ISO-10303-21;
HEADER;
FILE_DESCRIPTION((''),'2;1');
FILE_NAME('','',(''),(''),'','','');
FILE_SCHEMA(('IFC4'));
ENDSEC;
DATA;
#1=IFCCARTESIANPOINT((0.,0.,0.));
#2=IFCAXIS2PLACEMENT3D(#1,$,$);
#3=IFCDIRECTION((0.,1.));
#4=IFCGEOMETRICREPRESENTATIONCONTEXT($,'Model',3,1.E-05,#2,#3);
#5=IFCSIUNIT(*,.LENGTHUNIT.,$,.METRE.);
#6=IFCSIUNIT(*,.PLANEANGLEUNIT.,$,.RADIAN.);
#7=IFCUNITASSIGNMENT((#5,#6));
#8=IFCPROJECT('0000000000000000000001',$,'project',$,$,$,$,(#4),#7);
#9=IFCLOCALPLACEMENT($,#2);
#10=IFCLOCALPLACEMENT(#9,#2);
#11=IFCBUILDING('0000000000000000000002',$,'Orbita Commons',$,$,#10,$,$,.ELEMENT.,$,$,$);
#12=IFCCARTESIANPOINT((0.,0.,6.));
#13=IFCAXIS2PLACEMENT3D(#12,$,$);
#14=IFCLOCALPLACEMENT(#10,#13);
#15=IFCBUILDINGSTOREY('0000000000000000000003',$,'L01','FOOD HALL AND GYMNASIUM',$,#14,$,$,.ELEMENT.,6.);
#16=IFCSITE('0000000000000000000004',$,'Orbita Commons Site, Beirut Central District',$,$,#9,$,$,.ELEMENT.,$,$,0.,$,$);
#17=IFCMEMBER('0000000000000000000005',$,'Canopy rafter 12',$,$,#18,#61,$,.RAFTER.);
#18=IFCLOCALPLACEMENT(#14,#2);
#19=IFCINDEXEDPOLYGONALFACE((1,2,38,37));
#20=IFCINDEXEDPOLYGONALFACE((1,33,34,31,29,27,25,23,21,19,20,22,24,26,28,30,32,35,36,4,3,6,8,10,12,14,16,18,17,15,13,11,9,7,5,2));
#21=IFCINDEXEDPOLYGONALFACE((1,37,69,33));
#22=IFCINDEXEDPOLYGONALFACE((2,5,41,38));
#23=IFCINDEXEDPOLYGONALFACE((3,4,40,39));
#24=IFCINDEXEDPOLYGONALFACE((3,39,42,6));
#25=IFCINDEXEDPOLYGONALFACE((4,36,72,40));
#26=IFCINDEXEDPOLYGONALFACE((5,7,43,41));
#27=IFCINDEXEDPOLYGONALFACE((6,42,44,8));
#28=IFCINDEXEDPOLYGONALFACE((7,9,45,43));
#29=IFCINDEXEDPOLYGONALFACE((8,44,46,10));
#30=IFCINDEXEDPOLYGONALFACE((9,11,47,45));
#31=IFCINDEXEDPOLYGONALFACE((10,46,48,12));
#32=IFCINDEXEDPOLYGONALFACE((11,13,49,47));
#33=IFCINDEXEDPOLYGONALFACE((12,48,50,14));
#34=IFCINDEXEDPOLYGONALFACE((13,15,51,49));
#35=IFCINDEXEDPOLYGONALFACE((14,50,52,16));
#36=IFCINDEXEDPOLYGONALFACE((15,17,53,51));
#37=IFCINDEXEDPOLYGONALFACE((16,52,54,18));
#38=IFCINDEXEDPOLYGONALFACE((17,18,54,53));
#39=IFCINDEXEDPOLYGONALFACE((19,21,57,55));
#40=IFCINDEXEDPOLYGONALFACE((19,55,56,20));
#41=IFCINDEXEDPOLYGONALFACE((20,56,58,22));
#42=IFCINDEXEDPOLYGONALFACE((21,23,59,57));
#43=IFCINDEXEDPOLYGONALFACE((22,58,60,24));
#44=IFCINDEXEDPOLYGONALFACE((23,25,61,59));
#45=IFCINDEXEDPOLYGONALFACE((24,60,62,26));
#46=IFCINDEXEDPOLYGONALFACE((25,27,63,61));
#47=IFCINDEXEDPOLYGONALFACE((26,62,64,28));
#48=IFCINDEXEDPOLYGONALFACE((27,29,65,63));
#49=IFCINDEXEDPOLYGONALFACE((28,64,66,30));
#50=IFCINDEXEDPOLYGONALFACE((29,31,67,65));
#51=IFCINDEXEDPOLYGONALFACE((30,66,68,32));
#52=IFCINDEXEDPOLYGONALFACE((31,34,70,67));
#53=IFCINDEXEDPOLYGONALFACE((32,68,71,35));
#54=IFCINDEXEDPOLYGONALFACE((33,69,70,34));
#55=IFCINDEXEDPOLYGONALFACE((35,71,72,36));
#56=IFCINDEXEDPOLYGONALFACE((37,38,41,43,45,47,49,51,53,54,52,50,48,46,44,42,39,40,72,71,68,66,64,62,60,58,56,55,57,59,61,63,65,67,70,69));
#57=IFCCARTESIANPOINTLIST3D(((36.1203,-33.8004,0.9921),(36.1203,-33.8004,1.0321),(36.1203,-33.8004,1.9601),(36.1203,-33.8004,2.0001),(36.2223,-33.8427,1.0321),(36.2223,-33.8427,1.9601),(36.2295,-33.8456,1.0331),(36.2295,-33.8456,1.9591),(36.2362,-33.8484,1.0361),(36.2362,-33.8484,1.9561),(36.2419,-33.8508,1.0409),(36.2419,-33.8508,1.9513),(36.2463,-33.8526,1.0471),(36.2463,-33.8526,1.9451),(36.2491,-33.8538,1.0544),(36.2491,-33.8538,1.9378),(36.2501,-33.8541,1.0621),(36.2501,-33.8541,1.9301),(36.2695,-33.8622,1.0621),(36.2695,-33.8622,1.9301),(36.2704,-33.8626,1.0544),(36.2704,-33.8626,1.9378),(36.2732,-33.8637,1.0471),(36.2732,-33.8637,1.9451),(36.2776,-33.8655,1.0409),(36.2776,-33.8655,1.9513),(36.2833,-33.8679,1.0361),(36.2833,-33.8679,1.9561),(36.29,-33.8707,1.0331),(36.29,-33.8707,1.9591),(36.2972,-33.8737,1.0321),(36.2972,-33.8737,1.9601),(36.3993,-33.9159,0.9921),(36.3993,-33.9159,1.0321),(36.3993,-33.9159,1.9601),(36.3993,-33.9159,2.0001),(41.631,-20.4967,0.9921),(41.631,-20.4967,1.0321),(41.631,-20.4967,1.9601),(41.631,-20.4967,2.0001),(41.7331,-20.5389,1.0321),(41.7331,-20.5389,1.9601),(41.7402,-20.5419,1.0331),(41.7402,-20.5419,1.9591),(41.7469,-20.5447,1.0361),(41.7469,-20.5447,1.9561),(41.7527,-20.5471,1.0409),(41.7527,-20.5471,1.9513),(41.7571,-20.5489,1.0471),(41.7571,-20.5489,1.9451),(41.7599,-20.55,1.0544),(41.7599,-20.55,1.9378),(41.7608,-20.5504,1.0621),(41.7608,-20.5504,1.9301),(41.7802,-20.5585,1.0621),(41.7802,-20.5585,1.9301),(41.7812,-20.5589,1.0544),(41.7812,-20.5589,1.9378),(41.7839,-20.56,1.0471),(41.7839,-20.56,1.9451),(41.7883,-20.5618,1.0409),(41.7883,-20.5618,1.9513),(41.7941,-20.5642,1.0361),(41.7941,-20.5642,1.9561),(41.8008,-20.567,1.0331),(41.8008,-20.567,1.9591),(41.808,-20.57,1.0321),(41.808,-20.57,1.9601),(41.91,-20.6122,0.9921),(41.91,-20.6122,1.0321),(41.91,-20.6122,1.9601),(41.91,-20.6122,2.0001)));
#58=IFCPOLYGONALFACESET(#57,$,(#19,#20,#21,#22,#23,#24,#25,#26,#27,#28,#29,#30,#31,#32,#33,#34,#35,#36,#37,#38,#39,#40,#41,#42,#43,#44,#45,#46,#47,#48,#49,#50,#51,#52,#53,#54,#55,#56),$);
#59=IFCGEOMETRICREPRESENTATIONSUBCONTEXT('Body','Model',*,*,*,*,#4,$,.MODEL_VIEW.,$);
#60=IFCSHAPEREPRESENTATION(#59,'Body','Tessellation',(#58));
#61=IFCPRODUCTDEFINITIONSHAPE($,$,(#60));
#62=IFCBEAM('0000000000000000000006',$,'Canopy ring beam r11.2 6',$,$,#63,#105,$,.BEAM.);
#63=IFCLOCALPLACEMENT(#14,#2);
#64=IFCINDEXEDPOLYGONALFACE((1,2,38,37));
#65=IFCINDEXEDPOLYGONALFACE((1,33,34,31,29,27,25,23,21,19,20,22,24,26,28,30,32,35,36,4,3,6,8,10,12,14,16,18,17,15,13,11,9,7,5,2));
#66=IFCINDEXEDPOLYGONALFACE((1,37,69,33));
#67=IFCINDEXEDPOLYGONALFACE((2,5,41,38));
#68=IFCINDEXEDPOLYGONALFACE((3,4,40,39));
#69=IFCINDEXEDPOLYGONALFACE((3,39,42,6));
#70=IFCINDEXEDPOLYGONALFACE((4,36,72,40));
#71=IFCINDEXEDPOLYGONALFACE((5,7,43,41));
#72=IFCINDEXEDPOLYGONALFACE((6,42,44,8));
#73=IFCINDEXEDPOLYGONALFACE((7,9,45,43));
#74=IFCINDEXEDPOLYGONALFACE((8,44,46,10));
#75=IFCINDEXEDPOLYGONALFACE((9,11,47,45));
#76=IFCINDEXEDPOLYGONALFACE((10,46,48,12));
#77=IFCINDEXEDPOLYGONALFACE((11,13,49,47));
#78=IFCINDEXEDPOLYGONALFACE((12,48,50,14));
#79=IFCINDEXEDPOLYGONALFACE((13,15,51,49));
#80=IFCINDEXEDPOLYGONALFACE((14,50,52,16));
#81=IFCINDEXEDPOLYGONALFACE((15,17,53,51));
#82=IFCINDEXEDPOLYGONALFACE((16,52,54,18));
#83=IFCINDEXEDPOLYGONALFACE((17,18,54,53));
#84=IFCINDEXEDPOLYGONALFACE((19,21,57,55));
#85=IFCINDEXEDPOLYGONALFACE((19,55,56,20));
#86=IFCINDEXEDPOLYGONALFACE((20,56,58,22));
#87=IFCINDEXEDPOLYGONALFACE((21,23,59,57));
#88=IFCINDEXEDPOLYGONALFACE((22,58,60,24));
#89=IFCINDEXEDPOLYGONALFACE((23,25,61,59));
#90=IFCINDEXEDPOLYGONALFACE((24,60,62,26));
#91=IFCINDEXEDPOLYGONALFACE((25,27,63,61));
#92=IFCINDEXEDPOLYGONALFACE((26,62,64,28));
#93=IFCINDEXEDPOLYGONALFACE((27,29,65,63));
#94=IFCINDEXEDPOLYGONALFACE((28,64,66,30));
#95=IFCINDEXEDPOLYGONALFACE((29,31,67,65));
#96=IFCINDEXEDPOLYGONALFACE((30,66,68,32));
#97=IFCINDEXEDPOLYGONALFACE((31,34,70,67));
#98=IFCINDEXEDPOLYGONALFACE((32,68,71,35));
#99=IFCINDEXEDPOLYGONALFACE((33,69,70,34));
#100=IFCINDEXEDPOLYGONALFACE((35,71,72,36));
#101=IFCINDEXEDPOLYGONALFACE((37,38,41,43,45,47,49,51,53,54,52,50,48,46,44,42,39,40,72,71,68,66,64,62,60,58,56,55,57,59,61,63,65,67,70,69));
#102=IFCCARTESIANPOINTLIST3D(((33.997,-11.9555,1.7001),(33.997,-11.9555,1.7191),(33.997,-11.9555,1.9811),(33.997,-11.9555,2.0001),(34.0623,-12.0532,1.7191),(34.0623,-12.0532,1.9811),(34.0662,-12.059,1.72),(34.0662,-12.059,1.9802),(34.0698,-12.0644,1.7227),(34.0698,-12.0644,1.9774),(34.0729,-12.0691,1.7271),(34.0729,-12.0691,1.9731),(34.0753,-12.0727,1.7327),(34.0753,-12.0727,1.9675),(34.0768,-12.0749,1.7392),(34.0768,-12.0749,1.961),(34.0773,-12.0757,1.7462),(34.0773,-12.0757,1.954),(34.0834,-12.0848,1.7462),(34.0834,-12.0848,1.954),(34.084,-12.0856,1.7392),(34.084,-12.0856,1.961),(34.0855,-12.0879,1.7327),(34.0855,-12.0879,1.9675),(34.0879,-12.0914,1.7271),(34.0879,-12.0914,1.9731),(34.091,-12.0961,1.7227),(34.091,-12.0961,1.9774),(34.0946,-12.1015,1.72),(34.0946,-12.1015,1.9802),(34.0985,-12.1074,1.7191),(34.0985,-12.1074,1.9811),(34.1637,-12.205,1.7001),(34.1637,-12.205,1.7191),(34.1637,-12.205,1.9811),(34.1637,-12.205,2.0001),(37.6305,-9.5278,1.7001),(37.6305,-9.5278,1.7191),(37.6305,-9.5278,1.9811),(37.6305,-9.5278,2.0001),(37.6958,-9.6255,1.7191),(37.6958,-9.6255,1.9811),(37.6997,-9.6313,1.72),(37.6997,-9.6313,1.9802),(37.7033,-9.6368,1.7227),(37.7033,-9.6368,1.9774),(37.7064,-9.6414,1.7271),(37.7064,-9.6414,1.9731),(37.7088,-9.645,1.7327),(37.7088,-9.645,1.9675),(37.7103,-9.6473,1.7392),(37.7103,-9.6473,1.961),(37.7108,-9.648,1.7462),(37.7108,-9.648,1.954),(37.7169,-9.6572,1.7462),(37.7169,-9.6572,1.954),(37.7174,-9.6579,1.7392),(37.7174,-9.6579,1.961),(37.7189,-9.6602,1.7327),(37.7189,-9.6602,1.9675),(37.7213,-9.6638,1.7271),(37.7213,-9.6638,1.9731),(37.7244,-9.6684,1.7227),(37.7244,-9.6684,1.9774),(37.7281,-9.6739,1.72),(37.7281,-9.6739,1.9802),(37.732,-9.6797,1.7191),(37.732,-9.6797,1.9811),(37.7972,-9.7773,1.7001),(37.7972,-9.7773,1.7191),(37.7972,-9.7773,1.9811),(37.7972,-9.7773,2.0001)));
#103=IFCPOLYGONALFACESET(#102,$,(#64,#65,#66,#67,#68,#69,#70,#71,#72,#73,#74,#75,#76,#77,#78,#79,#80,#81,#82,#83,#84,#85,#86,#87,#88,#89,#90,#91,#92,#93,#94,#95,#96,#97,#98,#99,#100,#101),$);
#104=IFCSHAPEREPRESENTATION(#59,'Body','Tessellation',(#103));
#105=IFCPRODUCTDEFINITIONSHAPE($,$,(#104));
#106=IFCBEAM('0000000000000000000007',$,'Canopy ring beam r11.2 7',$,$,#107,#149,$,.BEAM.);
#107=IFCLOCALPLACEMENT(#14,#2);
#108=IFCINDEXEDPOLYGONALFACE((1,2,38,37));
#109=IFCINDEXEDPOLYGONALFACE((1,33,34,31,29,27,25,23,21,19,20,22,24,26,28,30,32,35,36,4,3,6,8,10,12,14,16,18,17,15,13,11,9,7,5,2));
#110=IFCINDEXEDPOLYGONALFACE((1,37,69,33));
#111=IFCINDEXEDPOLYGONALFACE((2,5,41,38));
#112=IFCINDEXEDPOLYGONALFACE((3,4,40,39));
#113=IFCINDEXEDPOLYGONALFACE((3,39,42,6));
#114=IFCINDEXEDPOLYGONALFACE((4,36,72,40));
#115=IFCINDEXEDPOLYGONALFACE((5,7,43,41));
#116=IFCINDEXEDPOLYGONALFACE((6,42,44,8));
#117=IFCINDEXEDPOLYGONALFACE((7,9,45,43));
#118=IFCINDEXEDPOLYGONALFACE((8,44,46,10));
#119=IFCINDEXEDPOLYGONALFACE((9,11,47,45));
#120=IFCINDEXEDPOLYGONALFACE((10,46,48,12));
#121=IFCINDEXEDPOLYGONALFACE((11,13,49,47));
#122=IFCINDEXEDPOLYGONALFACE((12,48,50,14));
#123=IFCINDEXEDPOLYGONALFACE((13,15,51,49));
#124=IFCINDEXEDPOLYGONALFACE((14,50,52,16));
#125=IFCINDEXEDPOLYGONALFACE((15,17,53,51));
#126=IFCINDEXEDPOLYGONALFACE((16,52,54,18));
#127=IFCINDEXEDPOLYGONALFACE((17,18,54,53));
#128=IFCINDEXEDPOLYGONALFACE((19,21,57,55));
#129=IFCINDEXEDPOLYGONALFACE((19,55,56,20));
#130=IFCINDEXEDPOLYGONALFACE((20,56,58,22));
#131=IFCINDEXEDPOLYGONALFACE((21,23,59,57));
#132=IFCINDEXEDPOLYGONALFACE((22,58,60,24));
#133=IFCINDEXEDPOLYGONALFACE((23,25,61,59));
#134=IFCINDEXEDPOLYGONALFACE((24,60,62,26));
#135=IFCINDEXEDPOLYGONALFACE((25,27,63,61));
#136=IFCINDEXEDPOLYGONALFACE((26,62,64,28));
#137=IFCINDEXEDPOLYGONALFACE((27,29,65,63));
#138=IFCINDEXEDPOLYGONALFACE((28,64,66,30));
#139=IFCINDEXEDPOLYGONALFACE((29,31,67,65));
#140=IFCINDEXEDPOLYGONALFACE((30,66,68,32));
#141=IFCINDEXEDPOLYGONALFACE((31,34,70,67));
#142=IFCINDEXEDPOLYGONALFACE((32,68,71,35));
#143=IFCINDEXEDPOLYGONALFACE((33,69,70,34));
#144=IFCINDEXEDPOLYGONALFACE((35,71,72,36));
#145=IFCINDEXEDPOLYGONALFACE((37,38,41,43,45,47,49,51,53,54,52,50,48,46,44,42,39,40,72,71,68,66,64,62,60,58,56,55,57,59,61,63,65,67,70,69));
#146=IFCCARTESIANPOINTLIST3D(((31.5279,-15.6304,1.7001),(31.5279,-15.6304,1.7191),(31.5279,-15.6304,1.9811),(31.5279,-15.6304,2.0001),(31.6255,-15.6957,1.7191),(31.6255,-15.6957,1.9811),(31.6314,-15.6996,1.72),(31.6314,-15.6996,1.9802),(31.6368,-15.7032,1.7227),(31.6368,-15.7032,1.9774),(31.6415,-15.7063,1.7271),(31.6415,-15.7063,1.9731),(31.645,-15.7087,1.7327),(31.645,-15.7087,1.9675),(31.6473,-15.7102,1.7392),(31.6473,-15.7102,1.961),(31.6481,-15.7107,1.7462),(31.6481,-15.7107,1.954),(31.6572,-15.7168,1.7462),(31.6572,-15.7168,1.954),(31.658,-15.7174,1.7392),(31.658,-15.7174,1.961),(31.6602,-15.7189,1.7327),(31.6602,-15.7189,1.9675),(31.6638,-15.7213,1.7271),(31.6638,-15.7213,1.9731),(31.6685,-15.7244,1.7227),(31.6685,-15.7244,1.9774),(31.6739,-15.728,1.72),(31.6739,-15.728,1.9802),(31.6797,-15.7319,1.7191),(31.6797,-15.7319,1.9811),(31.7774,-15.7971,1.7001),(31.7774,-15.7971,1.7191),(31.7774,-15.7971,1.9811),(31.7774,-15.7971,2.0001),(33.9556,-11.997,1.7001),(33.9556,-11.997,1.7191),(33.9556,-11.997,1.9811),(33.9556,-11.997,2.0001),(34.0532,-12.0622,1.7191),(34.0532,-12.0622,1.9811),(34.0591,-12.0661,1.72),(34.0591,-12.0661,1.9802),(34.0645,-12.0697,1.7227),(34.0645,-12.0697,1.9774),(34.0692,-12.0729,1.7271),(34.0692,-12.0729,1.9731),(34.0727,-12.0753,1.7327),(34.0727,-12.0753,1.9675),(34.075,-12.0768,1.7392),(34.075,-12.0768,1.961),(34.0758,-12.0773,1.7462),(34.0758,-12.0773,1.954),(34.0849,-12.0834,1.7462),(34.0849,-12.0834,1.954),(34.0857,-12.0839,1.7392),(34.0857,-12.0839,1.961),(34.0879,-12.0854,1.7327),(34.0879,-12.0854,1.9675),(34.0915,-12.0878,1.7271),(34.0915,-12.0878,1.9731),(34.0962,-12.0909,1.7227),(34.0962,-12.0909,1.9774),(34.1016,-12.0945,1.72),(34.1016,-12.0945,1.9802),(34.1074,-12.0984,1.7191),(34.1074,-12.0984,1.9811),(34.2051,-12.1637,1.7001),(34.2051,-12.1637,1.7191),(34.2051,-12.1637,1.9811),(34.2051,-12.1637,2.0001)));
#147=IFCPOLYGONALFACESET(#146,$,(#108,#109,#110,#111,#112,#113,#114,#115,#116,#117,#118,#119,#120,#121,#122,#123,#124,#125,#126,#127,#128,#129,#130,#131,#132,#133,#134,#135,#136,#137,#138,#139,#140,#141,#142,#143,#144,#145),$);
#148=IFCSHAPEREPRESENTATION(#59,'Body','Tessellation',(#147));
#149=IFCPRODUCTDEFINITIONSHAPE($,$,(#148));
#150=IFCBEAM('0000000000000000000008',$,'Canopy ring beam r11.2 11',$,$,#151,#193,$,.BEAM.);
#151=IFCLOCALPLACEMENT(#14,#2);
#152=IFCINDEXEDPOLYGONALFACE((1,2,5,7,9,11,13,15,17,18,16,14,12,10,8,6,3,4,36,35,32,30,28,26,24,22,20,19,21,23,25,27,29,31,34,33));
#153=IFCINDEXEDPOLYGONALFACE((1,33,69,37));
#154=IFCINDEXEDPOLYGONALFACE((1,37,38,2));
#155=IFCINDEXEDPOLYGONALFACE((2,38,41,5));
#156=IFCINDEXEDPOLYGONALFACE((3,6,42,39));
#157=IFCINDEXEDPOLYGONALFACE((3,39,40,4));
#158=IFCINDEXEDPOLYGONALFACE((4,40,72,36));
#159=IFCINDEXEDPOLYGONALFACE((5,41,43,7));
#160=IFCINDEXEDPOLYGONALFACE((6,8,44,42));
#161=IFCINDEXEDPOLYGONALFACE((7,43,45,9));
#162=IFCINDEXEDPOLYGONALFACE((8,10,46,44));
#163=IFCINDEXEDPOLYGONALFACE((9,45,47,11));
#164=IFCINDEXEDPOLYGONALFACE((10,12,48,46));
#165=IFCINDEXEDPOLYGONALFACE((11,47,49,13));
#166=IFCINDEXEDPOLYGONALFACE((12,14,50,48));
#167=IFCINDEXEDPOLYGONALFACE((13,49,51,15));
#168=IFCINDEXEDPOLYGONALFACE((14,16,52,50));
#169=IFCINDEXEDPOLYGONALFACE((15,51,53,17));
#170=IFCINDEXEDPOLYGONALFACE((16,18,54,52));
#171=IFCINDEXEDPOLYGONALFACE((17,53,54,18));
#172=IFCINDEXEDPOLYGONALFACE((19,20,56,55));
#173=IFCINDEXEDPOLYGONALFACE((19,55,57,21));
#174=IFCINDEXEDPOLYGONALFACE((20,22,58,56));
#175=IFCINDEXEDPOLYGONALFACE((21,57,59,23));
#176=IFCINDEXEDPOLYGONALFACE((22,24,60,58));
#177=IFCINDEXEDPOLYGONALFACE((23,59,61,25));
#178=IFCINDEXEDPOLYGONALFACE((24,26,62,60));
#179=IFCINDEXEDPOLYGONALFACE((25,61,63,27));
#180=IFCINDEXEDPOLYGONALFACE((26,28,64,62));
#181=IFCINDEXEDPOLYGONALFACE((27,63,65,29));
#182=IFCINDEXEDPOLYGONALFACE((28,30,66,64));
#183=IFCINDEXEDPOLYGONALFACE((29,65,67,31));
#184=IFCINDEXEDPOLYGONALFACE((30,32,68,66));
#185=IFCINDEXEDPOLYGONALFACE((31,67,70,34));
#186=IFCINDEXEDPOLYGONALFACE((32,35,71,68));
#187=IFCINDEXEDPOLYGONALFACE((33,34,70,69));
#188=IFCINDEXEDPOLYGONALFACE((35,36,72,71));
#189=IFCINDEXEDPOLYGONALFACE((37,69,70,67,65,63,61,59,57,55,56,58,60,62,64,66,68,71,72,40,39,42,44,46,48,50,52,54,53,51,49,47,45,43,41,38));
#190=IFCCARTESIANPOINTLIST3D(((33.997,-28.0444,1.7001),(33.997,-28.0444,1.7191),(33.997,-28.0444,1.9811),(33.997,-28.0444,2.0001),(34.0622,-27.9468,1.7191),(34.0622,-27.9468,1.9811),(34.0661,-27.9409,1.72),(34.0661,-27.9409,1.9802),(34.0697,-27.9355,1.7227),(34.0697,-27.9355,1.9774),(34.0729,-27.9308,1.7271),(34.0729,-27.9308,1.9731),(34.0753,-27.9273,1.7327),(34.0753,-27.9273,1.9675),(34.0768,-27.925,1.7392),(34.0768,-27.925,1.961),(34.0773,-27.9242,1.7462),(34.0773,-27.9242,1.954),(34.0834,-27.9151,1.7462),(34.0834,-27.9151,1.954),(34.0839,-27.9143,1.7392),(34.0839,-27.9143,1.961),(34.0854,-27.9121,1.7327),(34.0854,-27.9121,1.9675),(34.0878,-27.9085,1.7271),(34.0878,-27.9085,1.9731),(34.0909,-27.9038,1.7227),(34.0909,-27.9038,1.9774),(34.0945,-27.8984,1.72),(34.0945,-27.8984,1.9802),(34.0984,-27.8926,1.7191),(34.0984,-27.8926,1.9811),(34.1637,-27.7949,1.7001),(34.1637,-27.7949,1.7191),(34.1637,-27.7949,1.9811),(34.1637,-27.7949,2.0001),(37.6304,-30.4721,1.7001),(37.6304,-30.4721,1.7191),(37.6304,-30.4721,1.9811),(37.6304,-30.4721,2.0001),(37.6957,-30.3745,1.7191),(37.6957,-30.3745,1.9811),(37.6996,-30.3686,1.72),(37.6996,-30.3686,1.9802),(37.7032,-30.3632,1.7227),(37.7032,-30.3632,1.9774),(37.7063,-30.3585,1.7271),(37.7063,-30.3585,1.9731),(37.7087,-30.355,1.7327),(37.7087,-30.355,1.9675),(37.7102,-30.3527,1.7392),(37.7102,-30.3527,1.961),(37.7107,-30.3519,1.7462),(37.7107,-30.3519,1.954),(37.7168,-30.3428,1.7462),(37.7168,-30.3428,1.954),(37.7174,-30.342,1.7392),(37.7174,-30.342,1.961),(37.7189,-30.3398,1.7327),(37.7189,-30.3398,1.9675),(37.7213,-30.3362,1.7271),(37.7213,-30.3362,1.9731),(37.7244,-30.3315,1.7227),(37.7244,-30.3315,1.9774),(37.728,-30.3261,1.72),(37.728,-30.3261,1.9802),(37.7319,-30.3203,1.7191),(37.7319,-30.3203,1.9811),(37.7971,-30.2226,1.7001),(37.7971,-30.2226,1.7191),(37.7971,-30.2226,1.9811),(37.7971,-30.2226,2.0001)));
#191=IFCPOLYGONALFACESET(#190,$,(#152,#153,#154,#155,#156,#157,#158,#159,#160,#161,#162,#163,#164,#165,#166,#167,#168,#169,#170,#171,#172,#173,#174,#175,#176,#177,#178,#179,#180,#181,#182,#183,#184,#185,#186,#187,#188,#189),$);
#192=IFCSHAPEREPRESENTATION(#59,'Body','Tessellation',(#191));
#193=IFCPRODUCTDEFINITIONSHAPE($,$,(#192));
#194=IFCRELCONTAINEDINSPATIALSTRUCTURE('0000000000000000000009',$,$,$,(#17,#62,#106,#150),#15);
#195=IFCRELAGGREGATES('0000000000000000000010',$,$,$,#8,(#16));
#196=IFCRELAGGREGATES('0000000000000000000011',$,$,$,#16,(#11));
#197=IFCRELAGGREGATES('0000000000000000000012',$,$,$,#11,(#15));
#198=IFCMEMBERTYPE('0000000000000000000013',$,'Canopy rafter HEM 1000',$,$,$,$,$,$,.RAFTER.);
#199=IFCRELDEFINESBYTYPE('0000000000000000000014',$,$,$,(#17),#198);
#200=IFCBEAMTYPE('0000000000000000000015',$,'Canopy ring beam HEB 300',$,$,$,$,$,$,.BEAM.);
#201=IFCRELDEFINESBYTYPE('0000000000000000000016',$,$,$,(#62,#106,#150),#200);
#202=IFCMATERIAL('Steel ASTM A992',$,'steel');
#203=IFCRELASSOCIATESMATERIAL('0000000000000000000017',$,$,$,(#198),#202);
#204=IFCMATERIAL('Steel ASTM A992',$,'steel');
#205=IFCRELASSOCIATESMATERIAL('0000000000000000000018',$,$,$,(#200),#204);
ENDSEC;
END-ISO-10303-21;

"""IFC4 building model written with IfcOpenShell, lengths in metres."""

from ifc_helpers import new_model, si_unit, direction, frame, origin, origin_2d, place, context, subcontext, project, spatial, i_section, extrude, material, material_profile, profile_set, type_object, element, save


model = new_model("IFC4")

# Units and contexts
model_context = context("Model", 3, precision=1e-05, world=origin(), true_north=direction((0.0, 1.0)))
body_context = subcontext(model_context, "Body", "Model", "MODEL_VIEW")
ifc_project = project(units=[si_unit("LENGTHUNIT", "METRE"), si_unit("PLANEANGLEUNIT", "RADIAN")], contexts=[model_context])

# Site, building, storey
site_placement = place(None, origin())
site = spatial("IfcSite", under=ifc_project, at=site_placement, Name="Orbita Commons Site, Beirut Central District", CompositionType="ELEMENT", RefElevation=0.0)
building_placement = place(site_placement, origin())
building = spatial("IfcBuilding", under=site, at=building_placement, Name="Orbita Commons", CompositionType="ELEMENT")
storey_placement = place(building_placement, frame((0.0, 0.0, 6.0)))
storey = spatial("IfcBuildingStorey", under=building, at=storey_placement, Name="L01", Description="FOOD HALL AND GYMNASIUM", CompositionType="ELEMENT", Elevation=6.0)

# Member
ifc_material_1 = material(Name="Steel ASTM A992", Category="steel")
ifc_material_profile_1 = material_profile(ifc_material_1, i_section(OverallWidth=0.302, OverallDepth=1.0081, WebThickness=0.021, FlangeThickness=0.04, FilletRadius=0.03, at=origin_2d()), Name="HEM 1000")
ifc_profile_set_1 = profile_set([ifc_material_profile_1], Name="Steel ASTM A992")
member_type_1 = type_object("IfcMemberType", Name="Canopy rafter HEM 1000", PredefinedType="RAFTER", material=ifc_profile_set_1)
member_1_placement = place(storey_placement, frame((41.7705, -20.5544, 1.4961), z_axis=(-0.382693, -0.923875, 0.0), x_axis=(0.923875, -0.382693, 0.0)))
element("IfcMember", 1, at=member_1_placement, inside=storey, type_object=member_type_1, Name="Canopy rafter 12", PredefinedType="RAFTER", context=body_context, shape_type="SweptSolid", body=[
    extrude(i_section(OverallWidth=0.302, OverallDepth=1.0081, WebThickness=0.021, FlangeThickness=0.04, FilletRadius=0.03, at=origin_2d()), origin(), (0.0, 0.0, 1.0), 14.3999),
])

# Beams
ifc_material_2 = material(Name="Steel ASTM A992", Category="steel")
ifc_material_profile_2 = material_profile(ifc_material_2, i_section(OverallWidth=0.3, OverallDepth=0.3, WebThickness=0.011, FlangeThickness=0.019, FilletRadius=0.0271, at=origin_2d()), Name="HEB 300")
ifc_profile_set_2 = profile_set([ifc_material_profile_2], Name="Steel ASTM A992")
beam_type = type_object("IfcBeamType", Name="Canopy ring beam HEB 300", PredefinedType="BEAM", material=ifc_profile_set_2)
for number, where, z_axis, x_axis, name in (
    (2, (37.7139, -9.6526, 1.8501), (-0.831483, -0.555551, 0.0), (0.555551, -0.831483, 0.0), "Canopy ring beam r11.2 6"),
    (3, (34.0803, -12.0803, 1.8501), (-0.555551, -0.831483, 0.0), (0.831483, -0.555551, 0.0), "Canopy ring beam r11.2 7"),
    (4, (34.0803, -27.9197, 1.8501), (0.831483, -0.555551, 0.0), (0.555551, 0.831483, 0.0), "Canopy ring beam r11.2 11"),
):
    element("IfcBeam", number, at=place(storey_placement, frame(where, z_axis=z_axis, x_axis=x_axis)), inside=storey, type_object=beam_type, Name=name, PredefinedType="BEAM", context=body_context, shape_type="SweptSolid", body=[
        extrude(i_section(OverallWidth=0.3, OverallDepth=0.3, WebThickness=0.011, FlangeThickness=0.019, FilletRadius=0.0271, at=origin_2d()), origin(), (0.0, 0.0, 1.0), 4.3699),
    ])

save(model, "model.ifc")
